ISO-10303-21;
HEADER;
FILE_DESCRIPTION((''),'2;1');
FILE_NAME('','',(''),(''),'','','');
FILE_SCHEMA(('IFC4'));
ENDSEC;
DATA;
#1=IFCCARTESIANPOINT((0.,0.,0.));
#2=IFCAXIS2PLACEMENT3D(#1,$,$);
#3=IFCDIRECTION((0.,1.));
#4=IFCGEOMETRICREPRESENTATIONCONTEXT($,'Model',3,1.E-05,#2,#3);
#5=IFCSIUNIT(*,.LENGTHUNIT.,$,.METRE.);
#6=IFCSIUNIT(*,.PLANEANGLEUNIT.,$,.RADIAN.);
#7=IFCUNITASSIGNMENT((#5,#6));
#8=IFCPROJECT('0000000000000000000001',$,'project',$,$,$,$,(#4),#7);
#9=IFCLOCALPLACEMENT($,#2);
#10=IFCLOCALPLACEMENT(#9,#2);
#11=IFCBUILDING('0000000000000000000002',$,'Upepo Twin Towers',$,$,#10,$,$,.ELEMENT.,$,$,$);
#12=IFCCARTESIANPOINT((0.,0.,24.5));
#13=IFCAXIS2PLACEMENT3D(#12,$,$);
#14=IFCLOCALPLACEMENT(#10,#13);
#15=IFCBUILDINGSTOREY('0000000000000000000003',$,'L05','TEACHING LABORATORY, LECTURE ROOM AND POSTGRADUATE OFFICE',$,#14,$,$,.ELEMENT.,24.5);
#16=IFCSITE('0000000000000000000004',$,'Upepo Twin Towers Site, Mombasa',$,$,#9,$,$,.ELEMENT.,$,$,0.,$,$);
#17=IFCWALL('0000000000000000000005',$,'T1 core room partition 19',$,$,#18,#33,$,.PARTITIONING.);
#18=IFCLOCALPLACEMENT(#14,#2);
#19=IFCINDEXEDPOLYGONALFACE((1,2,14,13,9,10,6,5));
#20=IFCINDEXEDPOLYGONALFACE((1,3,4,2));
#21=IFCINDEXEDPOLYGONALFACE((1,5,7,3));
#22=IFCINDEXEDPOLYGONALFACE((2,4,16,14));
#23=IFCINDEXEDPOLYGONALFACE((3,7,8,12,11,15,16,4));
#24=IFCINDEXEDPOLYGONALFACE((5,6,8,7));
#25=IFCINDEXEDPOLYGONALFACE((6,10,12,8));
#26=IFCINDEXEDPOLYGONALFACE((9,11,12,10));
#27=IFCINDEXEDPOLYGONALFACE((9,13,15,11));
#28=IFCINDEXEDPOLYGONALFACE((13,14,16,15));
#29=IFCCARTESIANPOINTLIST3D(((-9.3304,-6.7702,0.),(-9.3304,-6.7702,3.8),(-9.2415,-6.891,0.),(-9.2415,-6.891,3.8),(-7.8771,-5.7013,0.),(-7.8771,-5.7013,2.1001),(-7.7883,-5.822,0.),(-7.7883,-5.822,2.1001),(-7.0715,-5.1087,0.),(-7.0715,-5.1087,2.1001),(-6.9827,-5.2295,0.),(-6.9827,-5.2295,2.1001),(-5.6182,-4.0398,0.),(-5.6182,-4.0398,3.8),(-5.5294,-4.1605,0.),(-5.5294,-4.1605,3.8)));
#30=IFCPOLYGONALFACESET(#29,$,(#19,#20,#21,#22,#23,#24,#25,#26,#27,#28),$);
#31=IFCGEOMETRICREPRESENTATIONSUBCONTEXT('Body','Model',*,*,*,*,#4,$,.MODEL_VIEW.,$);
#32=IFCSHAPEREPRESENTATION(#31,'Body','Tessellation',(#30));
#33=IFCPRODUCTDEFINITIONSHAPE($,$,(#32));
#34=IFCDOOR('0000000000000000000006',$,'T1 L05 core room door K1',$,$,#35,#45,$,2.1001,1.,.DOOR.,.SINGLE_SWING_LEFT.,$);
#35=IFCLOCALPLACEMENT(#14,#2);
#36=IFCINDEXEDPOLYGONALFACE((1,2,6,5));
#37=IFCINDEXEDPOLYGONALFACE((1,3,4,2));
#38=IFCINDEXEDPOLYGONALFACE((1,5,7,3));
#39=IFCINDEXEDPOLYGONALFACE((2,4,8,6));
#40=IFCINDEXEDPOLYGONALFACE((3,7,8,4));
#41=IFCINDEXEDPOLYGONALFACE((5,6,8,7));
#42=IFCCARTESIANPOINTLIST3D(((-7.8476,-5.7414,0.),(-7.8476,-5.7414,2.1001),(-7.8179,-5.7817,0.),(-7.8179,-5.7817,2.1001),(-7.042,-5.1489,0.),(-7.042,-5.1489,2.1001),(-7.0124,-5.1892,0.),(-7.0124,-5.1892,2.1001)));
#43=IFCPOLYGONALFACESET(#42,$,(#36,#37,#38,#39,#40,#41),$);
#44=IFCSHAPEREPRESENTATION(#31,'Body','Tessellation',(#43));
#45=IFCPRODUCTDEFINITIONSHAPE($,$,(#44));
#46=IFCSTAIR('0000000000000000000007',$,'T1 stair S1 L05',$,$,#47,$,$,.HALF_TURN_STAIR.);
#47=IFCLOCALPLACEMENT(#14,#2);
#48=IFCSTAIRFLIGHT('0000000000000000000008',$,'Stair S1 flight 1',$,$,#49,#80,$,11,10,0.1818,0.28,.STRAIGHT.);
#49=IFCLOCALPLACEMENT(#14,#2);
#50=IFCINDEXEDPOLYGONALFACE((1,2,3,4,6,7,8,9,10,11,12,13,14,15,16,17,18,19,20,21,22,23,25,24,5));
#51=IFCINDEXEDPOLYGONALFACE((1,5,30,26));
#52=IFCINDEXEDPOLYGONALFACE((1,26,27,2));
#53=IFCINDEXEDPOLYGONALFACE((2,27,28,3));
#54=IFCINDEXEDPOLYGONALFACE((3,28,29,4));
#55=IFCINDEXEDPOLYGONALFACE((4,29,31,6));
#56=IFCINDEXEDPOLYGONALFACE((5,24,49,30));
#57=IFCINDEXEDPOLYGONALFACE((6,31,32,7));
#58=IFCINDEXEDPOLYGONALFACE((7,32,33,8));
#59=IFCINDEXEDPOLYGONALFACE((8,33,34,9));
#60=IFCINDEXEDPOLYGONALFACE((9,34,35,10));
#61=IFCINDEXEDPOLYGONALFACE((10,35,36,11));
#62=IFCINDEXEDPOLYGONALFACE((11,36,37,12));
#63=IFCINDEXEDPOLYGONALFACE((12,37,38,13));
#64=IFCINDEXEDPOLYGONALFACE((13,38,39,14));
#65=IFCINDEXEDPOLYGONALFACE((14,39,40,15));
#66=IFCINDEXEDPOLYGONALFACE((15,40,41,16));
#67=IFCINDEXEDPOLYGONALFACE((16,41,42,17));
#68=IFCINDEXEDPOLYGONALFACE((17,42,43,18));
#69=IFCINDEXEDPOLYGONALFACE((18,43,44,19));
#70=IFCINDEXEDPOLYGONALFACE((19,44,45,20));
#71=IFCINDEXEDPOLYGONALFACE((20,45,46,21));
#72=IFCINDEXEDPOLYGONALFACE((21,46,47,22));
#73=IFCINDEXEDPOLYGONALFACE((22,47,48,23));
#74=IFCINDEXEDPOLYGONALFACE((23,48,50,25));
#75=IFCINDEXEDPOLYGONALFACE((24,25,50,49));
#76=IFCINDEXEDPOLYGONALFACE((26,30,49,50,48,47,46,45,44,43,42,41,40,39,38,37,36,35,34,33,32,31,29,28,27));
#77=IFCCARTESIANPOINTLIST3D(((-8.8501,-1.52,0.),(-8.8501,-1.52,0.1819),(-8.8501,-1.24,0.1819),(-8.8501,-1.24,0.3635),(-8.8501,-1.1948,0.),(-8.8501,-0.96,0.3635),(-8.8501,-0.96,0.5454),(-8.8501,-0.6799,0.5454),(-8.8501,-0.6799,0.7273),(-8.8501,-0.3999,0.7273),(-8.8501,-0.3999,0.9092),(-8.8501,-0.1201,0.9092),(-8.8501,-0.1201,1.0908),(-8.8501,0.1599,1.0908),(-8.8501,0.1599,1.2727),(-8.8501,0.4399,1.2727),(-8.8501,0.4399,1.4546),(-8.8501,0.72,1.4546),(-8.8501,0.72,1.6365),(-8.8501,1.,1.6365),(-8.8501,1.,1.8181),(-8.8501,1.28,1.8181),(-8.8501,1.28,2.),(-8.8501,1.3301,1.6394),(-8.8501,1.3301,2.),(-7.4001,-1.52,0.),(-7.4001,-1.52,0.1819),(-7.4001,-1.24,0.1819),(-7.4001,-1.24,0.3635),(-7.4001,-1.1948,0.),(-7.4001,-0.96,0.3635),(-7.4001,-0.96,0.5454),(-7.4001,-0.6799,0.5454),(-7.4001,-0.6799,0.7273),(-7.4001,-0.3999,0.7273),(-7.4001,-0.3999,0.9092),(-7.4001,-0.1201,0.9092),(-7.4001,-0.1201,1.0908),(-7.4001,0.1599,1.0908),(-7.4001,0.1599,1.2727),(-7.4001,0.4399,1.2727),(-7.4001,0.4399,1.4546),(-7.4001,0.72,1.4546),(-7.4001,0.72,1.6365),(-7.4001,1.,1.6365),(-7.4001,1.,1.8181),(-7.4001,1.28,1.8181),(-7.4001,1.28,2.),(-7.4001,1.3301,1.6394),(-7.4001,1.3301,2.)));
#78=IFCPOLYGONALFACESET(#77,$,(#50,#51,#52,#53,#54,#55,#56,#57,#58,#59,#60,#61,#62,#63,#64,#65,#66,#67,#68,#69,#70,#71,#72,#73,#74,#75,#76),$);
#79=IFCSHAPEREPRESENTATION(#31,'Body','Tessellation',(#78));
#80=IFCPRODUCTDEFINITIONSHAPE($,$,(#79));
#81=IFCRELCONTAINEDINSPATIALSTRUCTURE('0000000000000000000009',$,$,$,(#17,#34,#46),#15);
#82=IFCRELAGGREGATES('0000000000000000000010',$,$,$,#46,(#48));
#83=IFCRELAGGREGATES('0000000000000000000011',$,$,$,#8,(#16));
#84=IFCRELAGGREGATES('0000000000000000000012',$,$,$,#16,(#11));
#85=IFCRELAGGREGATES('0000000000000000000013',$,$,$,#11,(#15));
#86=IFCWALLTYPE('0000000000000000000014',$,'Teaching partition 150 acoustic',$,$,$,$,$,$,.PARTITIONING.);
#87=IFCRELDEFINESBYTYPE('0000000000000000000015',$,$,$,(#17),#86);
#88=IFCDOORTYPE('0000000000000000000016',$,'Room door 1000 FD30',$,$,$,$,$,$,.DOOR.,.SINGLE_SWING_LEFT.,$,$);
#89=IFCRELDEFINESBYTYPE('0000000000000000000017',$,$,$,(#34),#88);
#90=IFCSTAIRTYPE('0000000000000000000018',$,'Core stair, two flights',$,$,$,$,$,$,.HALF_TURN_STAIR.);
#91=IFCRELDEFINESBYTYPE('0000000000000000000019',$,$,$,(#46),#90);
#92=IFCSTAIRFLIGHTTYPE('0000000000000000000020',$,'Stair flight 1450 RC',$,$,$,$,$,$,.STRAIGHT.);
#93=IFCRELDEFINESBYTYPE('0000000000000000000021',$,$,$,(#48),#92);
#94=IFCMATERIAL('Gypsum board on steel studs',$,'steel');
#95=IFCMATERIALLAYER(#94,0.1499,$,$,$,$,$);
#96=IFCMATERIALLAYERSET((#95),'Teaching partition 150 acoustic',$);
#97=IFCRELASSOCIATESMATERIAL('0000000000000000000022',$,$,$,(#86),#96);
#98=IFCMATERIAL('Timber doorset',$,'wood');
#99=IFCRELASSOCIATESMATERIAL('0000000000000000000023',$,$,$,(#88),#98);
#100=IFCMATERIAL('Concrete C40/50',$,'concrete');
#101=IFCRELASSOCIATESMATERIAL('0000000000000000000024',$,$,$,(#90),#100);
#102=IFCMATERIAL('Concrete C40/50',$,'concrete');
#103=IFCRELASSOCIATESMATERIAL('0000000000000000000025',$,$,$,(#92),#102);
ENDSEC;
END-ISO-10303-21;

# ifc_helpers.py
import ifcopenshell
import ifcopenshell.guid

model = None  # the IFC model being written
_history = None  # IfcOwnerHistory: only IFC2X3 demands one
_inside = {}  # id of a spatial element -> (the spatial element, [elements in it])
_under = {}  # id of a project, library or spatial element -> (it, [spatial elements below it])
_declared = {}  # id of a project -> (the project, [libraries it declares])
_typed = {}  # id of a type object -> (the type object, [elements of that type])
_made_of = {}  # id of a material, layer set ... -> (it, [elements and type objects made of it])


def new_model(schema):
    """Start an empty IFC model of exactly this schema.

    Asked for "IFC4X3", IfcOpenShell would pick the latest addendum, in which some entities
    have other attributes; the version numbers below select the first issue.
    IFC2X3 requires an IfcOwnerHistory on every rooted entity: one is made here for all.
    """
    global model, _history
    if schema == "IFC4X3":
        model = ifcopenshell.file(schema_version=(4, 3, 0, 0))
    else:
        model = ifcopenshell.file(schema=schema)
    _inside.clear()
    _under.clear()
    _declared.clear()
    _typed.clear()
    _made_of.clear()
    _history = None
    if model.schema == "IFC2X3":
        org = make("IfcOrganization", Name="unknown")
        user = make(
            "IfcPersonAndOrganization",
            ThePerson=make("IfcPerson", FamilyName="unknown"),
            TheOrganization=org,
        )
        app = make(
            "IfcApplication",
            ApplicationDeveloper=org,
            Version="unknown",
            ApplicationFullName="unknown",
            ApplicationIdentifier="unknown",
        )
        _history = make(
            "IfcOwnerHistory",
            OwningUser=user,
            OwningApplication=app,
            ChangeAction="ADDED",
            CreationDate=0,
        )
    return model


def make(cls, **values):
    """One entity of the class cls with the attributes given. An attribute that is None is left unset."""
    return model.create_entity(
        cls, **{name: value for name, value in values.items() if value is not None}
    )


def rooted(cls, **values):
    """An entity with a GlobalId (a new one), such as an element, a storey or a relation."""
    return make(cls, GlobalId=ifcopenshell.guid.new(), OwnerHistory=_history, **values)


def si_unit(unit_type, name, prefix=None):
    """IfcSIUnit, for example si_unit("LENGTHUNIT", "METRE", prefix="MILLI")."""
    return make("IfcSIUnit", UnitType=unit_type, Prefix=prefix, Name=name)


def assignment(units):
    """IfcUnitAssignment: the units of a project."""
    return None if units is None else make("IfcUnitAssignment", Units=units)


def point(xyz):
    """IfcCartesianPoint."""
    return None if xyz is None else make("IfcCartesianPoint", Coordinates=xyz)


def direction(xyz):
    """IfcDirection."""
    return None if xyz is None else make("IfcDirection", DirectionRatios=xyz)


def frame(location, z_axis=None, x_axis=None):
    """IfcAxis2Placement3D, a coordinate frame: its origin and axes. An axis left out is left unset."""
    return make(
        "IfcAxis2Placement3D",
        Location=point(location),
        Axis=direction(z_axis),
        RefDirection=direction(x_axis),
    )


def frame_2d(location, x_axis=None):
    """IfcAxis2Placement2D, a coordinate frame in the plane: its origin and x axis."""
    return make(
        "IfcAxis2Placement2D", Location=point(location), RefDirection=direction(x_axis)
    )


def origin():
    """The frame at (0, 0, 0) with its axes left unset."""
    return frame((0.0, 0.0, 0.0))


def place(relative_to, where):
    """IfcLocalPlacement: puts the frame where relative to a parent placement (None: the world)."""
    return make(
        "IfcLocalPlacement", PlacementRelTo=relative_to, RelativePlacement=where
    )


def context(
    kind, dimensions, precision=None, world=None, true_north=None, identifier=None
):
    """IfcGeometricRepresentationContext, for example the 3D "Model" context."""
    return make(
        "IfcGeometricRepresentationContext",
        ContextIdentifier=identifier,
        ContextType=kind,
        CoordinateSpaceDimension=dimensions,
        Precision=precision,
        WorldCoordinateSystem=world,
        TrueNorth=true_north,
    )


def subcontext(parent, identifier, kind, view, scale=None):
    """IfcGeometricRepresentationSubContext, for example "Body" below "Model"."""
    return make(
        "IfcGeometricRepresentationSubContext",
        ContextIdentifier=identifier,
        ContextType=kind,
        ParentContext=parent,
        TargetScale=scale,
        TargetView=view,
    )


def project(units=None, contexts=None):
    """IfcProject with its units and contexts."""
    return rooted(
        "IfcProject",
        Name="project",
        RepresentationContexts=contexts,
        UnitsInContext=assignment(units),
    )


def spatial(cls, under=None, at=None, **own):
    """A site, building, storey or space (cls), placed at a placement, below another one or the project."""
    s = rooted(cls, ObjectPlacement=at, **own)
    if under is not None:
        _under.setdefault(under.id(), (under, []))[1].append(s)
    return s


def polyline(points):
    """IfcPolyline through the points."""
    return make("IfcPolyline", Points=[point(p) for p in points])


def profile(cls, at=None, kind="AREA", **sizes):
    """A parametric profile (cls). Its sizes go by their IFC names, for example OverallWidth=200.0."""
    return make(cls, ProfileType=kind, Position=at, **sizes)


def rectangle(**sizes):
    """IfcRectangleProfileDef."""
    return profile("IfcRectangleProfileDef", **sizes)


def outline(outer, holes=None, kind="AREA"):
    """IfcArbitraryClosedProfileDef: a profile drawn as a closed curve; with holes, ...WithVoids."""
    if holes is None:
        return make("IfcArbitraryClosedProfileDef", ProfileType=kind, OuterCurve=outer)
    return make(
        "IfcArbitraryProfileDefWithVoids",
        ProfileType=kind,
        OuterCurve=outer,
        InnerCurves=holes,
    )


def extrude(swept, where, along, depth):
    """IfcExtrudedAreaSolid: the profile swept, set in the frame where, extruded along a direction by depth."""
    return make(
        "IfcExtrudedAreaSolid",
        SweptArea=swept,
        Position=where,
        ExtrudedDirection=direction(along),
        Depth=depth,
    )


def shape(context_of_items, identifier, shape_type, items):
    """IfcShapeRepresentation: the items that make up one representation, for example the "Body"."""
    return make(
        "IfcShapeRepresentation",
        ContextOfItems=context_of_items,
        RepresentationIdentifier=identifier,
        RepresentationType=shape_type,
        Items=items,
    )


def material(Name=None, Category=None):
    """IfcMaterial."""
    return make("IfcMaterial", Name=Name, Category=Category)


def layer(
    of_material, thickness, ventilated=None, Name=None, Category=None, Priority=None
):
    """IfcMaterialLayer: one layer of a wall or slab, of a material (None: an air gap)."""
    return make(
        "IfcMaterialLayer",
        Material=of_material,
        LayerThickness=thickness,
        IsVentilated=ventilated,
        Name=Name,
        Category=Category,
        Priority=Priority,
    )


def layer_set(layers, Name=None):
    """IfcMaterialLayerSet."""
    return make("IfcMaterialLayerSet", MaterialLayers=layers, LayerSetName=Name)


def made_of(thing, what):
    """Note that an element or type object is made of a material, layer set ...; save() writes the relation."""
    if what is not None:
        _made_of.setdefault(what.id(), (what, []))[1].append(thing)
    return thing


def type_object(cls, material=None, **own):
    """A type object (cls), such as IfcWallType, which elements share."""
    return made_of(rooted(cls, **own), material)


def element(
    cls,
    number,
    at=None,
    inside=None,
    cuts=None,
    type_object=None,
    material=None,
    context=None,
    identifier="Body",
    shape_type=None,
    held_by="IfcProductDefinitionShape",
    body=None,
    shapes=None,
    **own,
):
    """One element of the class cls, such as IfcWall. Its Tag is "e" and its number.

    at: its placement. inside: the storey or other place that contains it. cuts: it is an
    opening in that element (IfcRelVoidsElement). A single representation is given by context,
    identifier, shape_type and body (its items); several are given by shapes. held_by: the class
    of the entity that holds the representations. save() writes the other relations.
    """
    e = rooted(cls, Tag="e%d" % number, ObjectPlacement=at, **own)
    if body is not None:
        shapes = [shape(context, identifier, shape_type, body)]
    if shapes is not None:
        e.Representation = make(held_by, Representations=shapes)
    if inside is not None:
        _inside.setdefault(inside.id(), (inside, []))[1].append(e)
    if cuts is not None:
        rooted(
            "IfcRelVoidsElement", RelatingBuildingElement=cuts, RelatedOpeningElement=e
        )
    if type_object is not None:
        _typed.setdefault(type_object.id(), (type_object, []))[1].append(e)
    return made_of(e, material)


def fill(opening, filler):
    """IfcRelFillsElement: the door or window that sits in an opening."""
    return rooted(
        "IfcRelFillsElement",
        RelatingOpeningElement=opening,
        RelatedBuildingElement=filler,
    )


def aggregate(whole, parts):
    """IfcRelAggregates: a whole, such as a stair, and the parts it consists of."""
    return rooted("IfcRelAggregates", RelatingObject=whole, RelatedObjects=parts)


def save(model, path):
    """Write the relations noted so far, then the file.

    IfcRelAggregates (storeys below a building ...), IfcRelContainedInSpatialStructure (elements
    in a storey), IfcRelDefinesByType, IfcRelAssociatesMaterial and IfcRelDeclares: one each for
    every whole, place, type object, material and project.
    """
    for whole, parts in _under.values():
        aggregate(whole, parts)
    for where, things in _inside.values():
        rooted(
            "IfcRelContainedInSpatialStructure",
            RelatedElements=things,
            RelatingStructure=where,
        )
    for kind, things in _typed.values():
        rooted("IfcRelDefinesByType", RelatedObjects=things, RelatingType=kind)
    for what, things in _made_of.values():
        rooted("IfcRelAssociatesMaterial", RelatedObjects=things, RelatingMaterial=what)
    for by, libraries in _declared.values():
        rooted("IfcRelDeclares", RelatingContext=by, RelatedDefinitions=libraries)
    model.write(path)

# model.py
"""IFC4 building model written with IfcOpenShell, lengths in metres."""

from ifc_helpers import new_model, si_unit, direction, frame, frame_2d, origin, place, context, subcontext, project, spatial, polyline, rectangle, outline, extrude, material, layer, layer_set, type_object, element, fill, aggregate, save


model = new_model("IFC4")

# Units and contexts
model_context = context("Model", 3, precision=1e-05, world=origin(), true_north=direction((0.0, 1.0)))
body_context = subcontext(model_context, "Body", "Model", "MODEL_VIEW")
ifc_project = project(units=[si_unit("LENGTHUNIT", "METRE"), si_unit("PLANEANGLEUNIT", "RADIAN")], contexts=[model_context])

# Site, building, storey
site_placement = place(None, origin())
site = spatial("IfcSite", under=ifc_project, at=site_placement, Name="Upepo Twin Towers Site, Mombasa", CompositionType="ELEMENT", RefElevation=0.0)
building_placement = place(site_placement, origin())
building = spatial("IfcBuilding", under=site, at=building_placement, Name="Upepo Twin Towers", CompositionType="ELEMENT")
storey_placement = place(building_placement, frame((0.0, 0.0, 24.5)))
storey = spatial("IfcBuildingStorey", under=building, at=storey_placement, Name="L05", Description="TEACHING LABORATORY, LECTURE ROOM AND POSTGRADUATE OFFICE", CompositionType="ELEMENT", Elevation=24.5)

# Shared definitions
ifc_material_1 = material(Name="Gypsum board on steel studs", Category="steel")
ifc_layer_1 = layer(ifc_material_1, 0.1499)
ifc_layer_set_1 = layer_set([ifc_layer_1], Name="Teaching partition 150 acoustic")
wall_type_1 = type_object("IfcWallType", Name="Teaching partition 150 acoustic", PredefinedType="PARTITIONING", material=ifc_layer_set_1)
ifc_material_2 = material(Name="Timber doorset", Category="wood")
door_type_1 = type_object("IfcDoorType", Name="Room door 1000 FD30", OperationType="SINGLE_SWING_LEFT", PredefinedType="DOOR", material=ifc_material_2)

# Wall, opening, door
wall_1_placement = place(storey_placement, frame((-5.5737, -4.1001, 0.0), z_axis=(0.0, 0.0, 1.0), x_axis=(-0.805554, -0.592523, 0.0)))
wall_1 = element("IfcWall", 1, at=wall_1_placement, inside=storey, type_object=wall_type_1, Name="T1 core room partition 19", PredefinedType="PARTITIONING", context=body_context, shape_type="SweptSolid", body=[
    extrude(rectangle(XDim=4.6082, YDim=0.1499, at=frame_2d((2.3042, 0.0))), origin(), (0.0, 0.0, 1.0), 3.8),
])
opening_1_placement = place(wall_1_placement, frame((1.8042, 0.0, 0.0)))
opening_1 = element("IfcOpeningElement", 2, at=opening_1_placement, cuts=wall_1, PredefinedType="OPENING", context=body_context, shape_type="SweptSolid", body=[
    extrude(rectangle(XDim=1.0, YDim=2.1001, at=frame_2d((0.5, 1.05))), frame((0.0, 0.085, 0.0), z_axis=(0.0, -1.0, 0.0), x_axis=(1.0, 0.0, 0.0)), (0.0, 0.0, 1.0), 0.1699),
])
door_1_placement = place(opening_1_placement, origin())
door_1 = element("IfcDoor", 3, at=door_1_placement, inside=storey, type_object=door_type_1, Name="T1 L05 core room door K1", OperationType="SINGLE_SWING_LEFT", OverallHeight=2.1001, OverallWidth=1.0, PredefinedType="DOOR", context=body_context, shape_type="SweptSolid", body=[
    extrude(rectangle(XDim=1.0, YDim=2.1001, at=frame_2d((0.5, 1.05))), frame((0.0, 0.0249, 0.0), z_axis=(0.0, -1.0, 0.0), x_axis=(1.0, 0.0, 0.0)), (0.0, 0.0, 1.0), 0.05),
])
fill(opening_1, door_1)

# Stair, stair flight
ifc_material_3 = material(Name="Concrete C40/50", Category="concrete")
stair_type = type_object("IfcStairType", Name="Core stair, two flights", PredefinedType="HALF_TURN_STAIR", material=ifc_material_3)
stair_placement = place(storey_placement, origin())
stair = element("IfcStair", 4, at=stair_placement, inside=storey, type_object=stair_type, Name="T1 stair S1 L05", PredefinedType="HALF_TURN_STAIR")
ifc_material_4 = material(Name="Concrete C40/50", Category="concrete")
stair_flight_type = type_object("IfcStairFlightType", Name="Stair flight 1450 RC", PredefinedType="STRAIGHT", material=ifc_material_4)
stair_flight_placement = place(storey_placement, frame((-8.125, -1.52, 0.0), z_axis=(0.0, 0.0, 1.0), x_axis=(0.0, 1.0, 0.0)))
stair_flight = element("IfcStairFlight", 5, at=stair_flight_placement, type_object=stair_flight_type, Name="Stair S1 flight 1", NumberOfRisers=11, NumberOfTreads=10, PredefinedType="STRAIGHT", RiserHeight=0.1818, TreadLength=0.28, context=body_context, shape_type="SweptSolid", body=[
    extrude(outline(polyline([(0.0, 0.0), (0.0, 0.1819), (0.28, 0.1819), (0.28, 0.3635), (0.5601, 0.3635), (0.5601, 0.5454), (0.8401, 0.5454), (0.8401, 0.7273), (1.1201, 0.7273), (1.1201, 0.9092), (1.3999, 0.9092), (1.3999, 1.0908), (1.6799, 1.0908), (1.6799, 1.2727), (1.96, 1.2727), (1.96, 1.4546), (2.24, 1.4546), (2.24, 1.6365), (2.52, 1.6365), (2.52, 1.8181), (2.8, 1.8181), (2.8, 2.0), (2.8501, 2.0), (2.8501, 1.6394), (0.3252, 0.0), (0.0, 0.0)])), frame((0.0, 0.7251, 0.0), z_axis=(0.0, -1.0, 0.0), x_axis=(1.0, 0.0, 0.0)), (0.0, 0.0, 1.0), 1.45),
])
aggregate(stair, [stair_flight])

save(model, "model.ifc")
